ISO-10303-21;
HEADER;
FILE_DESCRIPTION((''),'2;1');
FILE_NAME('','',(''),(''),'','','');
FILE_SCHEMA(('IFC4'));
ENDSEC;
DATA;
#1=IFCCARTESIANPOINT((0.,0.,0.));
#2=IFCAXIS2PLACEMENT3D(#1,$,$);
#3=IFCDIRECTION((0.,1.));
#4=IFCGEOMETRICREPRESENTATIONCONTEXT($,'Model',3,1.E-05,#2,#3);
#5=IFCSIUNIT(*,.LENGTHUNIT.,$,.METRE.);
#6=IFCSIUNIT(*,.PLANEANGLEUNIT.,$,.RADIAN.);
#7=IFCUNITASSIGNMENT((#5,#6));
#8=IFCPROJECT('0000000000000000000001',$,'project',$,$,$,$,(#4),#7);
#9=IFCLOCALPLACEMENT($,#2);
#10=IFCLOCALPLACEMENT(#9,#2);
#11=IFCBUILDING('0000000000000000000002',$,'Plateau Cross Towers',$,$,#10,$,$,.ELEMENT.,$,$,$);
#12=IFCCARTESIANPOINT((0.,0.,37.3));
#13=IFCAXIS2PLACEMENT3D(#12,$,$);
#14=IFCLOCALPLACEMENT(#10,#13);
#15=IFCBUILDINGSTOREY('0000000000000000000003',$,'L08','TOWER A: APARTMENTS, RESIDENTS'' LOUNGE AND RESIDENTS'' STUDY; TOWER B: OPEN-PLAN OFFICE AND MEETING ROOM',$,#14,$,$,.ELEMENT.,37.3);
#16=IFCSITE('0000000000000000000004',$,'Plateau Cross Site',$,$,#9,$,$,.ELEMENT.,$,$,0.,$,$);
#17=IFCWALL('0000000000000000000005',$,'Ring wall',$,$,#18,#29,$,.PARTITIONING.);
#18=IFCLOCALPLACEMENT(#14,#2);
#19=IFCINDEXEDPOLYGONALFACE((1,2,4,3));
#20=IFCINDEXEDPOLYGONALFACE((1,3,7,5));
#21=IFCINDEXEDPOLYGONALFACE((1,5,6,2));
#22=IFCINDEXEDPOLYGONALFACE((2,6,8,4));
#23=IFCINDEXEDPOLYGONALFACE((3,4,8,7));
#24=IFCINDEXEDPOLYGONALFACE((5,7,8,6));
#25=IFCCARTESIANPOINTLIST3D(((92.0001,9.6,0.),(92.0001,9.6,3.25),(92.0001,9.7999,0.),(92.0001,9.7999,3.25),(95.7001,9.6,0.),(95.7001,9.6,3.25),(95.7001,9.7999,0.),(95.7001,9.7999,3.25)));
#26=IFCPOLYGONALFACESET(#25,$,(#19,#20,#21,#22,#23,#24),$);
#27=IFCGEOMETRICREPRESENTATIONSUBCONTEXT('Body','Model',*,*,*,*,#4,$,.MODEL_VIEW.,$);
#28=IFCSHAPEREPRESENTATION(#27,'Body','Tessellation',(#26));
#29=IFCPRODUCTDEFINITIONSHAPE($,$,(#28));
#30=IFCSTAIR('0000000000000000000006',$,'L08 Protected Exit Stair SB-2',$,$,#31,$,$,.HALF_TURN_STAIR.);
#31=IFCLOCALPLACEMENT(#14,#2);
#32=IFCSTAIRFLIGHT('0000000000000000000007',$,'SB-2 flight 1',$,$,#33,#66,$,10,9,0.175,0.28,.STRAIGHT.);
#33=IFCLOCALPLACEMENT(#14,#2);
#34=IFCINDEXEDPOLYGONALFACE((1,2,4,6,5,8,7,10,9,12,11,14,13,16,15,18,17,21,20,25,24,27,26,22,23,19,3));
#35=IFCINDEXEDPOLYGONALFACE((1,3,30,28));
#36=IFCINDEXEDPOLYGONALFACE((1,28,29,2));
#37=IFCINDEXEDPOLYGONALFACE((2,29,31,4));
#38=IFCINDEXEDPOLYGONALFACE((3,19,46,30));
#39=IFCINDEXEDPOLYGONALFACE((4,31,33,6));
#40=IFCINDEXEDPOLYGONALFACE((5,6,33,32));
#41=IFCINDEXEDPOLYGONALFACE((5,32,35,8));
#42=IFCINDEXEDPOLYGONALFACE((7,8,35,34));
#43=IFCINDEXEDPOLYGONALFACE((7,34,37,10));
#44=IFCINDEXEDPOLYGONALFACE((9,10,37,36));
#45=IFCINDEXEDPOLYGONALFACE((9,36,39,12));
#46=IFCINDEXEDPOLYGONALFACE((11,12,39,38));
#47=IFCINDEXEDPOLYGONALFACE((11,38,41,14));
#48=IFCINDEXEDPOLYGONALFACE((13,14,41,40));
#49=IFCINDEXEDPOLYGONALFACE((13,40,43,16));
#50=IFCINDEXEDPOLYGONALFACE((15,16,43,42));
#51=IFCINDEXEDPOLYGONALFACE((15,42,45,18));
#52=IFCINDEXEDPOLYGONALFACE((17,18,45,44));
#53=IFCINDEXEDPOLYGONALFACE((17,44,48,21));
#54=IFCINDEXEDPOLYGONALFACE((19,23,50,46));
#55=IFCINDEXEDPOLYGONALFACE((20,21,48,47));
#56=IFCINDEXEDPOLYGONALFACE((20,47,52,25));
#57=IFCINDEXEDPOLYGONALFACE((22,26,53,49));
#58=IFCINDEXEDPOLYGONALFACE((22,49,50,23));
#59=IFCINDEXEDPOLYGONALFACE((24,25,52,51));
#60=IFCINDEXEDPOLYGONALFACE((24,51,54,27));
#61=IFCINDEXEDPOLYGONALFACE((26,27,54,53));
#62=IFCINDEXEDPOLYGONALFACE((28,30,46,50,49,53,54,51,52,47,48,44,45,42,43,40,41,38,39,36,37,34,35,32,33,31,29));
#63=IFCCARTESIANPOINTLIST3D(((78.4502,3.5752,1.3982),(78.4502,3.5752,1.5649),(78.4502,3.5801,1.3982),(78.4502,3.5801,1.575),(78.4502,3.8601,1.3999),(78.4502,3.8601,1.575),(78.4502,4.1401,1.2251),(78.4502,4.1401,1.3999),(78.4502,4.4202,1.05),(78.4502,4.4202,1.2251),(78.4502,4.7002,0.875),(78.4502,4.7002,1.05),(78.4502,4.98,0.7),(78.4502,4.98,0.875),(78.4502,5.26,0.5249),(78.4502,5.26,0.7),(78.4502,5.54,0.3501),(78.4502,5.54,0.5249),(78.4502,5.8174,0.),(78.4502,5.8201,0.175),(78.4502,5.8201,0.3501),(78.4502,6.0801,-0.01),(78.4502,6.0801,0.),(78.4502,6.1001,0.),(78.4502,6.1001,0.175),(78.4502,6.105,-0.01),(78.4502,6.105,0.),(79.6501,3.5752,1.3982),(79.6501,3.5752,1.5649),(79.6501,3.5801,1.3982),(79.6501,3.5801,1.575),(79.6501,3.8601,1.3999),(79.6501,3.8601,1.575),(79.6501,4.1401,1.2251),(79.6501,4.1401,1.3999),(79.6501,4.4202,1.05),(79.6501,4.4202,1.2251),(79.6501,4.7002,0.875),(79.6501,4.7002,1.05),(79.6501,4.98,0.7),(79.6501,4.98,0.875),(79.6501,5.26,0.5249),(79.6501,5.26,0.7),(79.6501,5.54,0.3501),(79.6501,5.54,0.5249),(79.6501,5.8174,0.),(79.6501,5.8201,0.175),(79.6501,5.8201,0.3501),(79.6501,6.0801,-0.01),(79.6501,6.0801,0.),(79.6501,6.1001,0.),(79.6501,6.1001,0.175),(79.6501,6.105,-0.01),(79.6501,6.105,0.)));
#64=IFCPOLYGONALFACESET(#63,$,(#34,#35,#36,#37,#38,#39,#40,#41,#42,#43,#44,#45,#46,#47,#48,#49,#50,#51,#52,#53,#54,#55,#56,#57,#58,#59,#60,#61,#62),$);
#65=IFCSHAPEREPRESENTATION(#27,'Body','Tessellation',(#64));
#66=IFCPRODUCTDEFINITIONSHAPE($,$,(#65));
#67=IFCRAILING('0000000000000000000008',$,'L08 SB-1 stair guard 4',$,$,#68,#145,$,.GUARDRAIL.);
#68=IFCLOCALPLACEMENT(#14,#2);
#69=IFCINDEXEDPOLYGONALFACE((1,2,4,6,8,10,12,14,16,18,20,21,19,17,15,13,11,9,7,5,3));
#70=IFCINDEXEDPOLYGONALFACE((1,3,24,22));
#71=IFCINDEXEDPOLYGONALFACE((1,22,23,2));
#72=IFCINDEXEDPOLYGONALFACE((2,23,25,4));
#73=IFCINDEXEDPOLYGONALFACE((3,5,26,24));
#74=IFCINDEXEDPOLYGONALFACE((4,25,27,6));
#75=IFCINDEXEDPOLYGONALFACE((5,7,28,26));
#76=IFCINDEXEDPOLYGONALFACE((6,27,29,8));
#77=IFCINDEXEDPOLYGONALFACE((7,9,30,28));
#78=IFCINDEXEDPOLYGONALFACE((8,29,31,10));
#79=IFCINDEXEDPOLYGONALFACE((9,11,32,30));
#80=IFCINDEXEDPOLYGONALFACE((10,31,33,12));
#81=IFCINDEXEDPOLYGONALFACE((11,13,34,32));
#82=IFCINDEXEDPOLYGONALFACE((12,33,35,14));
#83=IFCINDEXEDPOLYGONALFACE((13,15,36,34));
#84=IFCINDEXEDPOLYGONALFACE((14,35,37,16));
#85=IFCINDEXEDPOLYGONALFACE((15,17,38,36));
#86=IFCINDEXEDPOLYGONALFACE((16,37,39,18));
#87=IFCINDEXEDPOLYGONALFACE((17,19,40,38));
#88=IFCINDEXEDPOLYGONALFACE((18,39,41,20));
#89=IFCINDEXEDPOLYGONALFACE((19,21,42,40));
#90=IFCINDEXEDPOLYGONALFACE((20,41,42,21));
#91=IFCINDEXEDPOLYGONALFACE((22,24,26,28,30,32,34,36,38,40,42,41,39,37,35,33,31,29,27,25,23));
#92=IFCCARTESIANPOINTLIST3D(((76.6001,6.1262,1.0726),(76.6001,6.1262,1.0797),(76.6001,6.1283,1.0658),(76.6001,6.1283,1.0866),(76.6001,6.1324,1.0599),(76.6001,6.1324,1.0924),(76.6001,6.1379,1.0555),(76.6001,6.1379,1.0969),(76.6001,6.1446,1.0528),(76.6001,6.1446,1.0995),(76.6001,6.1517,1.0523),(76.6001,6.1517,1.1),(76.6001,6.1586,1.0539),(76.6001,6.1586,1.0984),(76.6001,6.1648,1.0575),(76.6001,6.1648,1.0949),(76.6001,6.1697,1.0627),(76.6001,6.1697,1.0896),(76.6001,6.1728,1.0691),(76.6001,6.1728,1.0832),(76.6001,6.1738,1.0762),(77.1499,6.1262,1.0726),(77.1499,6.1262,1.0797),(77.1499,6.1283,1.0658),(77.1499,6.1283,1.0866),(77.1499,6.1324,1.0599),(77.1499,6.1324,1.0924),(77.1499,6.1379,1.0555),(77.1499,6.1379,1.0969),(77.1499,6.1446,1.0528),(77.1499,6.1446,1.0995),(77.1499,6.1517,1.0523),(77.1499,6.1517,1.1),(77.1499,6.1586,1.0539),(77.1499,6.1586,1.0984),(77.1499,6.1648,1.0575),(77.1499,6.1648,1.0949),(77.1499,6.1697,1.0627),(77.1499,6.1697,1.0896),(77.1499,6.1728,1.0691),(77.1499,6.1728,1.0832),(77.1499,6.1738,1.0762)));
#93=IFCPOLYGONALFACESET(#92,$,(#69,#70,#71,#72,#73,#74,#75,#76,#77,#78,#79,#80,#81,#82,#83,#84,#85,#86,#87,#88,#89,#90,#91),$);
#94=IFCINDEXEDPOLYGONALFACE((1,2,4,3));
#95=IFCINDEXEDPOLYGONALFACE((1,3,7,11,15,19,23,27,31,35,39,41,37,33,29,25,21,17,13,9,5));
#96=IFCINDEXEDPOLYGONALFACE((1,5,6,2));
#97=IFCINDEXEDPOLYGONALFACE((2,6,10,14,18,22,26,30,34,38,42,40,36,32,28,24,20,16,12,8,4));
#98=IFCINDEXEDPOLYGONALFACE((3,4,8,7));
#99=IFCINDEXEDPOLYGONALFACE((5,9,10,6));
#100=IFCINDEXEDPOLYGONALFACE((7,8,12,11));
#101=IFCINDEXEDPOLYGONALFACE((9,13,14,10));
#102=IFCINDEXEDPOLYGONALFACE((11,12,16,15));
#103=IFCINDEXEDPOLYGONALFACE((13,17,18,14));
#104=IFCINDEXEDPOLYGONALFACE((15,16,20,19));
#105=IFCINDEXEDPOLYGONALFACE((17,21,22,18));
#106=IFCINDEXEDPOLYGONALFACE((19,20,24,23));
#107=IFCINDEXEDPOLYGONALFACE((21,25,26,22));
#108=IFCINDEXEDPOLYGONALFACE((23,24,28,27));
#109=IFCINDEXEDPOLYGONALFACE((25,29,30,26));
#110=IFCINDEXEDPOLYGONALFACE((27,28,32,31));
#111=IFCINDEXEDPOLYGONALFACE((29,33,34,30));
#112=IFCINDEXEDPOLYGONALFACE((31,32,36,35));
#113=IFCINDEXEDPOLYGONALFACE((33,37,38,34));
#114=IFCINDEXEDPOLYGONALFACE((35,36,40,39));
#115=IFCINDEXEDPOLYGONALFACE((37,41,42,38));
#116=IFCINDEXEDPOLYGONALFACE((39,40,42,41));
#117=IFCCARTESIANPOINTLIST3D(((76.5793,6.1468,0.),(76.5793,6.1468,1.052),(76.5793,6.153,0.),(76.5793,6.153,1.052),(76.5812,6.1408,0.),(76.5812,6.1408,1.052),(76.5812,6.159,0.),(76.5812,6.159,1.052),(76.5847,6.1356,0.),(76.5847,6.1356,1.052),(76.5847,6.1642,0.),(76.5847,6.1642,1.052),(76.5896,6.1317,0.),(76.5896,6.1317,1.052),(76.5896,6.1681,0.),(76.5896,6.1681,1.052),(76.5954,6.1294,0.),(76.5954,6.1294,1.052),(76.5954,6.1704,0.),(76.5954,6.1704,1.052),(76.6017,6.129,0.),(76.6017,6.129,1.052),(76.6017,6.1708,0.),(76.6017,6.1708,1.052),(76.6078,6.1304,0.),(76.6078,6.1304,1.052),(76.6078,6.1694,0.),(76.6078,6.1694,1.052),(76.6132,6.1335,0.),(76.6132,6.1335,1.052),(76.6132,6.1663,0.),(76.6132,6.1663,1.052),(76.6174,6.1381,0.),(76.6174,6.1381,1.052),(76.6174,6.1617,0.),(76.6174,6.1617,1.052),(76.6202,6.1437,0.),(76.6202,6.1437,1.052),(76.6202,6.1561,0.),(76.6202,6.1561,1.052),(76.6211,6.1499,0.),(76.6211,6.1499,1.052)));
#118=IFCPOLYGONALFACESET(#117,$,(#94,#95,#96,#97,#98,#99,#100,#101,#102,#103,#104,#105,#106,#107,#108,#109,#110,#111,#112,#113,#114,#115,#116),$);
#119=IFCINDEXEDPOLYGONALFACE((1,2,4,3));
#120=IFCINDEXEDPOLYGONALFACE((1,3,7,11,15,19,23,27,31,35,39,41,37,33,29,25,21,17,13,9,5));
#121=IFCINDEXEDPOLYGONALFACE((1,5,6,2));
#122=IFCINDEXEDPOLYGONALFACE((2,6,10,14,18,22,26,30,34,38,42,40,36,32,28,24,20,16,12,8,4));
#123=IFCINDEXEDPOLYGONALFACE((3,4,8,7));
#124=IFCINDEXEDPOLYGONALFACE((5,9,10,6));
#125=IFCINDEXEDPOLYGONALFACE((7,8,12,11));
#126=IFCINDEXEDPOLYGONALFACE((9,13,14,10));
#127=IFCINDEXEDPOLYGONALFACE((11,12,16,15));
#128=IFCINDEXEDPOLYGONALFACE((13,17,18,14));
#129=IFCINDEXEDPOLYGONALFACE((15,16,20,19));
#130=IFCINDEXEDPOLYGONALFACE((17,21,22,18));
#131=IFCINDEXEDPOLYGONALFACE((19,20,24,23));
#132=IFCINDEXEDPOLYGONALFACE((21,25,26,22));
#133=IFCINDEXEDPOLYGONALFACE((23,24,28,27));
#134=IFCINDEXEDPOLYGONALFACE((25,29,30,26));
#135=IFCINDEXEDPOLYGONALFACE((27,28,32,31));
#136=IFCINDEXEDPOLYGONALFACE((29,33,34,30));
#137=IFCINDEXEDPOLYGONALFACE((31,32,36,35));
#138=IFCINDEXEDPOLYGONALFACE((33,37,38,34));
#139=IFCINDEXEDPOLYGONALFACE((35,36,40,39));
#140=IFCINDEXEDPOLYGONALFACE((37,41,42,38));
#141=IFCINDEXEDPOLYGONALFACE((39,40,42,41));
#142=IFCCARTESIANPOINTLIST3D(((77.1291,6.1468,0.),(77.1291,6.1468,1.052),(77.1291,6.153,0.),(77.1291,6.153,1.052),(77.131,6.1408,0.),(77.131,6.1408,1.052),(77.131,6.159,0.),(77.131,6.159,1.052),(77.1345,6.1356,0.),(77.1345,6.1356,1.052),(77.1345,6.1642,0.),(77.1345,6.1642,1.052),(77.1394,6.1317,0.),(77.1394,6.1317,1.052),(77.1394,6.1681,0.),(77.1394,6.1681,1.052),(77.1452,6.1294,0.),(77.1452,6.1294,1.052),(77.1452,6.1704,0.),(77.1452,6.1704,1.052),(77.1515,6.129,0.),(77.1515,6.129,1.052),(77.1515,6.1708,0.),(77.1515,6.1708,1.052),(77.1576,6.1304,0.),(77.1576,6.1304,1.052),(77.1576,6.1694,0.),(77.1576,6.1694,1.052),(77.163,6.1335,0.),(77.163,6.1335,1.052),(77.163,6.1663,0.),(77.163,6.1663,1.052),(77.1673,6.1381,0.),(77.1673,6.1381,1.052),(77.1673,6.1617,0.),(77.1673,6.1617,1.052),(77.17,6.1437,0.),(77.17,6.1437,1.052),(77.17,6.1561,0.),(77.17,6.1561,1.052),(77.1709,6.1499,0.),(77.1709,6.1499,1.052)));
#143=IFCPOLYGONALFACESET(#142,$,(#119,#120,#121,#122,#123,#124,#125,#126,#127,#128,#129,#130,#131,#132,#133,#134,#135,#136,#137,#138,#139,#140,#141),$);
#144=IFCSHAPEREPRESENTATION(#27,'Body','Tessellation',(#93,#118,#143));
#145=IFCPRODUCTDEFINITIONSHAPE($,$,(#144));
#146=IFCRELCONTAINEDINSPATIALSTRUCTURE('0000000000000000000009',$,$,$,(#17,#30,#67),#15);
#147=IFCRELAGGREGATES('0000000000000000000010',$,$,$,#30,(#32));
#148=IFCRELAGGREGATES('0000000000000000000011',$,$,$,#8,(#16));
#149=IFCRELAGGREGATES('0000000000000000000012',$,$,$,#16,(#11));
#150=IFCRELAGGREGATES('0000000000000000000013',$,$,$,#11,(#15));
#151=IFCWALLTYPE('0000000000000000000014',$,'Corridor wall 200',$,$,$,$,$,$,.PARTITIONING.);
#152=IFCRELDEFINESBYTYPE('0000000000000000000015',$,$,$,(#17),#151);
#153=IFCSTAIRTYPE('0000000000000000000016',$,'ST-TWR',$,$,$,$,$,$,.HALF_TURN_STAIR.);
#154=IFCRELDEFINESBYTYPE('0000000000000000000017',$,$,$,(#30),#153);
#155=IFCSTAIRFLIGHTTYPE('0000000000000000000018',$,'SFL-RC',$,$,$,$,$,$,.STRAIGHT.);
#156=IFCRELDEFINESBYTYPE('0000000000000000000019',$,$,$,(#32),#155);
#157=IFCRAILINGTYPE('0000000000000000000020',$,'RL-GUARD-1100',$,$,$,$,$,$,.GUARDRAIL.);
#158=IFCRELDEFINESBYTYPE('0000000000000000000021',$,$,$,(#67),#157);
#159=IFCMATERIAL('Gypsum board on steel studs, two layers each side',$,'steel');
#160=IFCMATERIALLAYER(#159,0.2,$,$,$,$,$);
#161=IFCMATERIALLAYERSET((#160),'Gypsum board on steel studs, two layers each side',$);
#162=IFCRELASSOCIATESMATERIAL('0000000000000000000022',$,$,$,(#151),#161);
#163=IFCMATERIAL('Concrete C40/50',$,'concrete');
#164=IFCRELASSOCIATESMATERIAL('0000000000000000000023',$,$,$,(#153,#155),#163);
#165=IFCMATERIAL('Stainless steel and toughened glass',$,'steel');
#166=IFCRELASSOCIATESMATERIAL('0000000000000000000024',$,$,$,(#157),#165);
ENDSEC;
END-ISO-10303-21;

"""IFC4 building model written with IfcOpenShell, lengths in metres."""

from ifc_helpers import new_model, si_unit, direction, frame, frame_2d, origin, origin_2d, place, context, subcontext, project, spatial, polyline, rectangle, circle, outline, extrude, material, layer, layer_set, type_object, element, aggregate, save


model = new_model("IFC4")

# Units and contexts
model_context = context("Model", 3, precision=1e-05, world=origin(), true_north=direction((0.0, 1.0)))
body_context = subcontext(model_context, "Body", "Model", "MODEL_VIEW")
ifc_project = project(units=[si_unit("LENGTHUNIT", "METRE"), si_unit("PLANEANGLEUNIT", "RADIAN")], contexts=[model_context])

# Site, building, storey
site_placement = place(None, origin())
site = spatial("IfcSite", under=ifc_project, at=site_placement, Name="Plateau Cross Site", CompositionType="ELEMENT", RefElevation=0.0)
building_placement = place(site_placement, origin())
building = spatial("IfcBuilding", under=site, at=building_placement, Name="Plateau Cross Towers", CompositionType="ELEMENT")
storey_placement = place(building_placement, frame((0.0, 0.0, 37.3)))
storey = spatial("IfcBuildingStorey", under=building, at=storey_placement, Name="L08", Description="TOWER A: APARTMENTS, RESIDENTS' LOUNGE AND RESIDENTS' STUDY; TOWER B: OPEN-PLAN OFFICE AND MEETING ROOM", CompositionType="ELEMENT", Elevation=37.3)

# Shared definitions
ifc_material_1 = material(Name="Gypsum board on steel studs, two layers each side", Category="steel")
ifc_layer_1 = layer(ifc_material_1, 0.2)
ifc_layer_set_1 = layer_set([ifc_layer_1], Name="Gypsum board on steel studs, two layers each side")
wall_type_1 = type_object("IfcWallType", Name="Corridor wall 200", PredefinedType="PARTITIONING", material=ifc_layer_set_1)

# Wall
wall_1_placement = place(storey_placement, frame((92.0, 9.7, 0.0), z_axis=(0.0, 0.0, 1.0), x_axis=(1.0, 0.0, 0.0)))
element("IfcWall", 1, at=wall_1_placement, inside=storey, type_object=wall_type_1, Name="Ring wall", PredefinedType="PARTITIONING", context=body_context, shape_type="SweptSolid", body=[
    extrude(rectangle(XDim=3.7, YDim=0.2, at=frame_2d((1.8501, 0.0))), origin(), (0.0, 0.0, 1.0), 3.25),
])

# Stair, stair flight
ifc_material_2 = material(Name="Concrete C40/50", Category="concrete")
stair_type = type_object("IfcStairType", Name="ST-TWR", PredefinedType="HALF_TURN_STAIR", material=ifc_material_2)
stair_placement = place(storey_placement, origin())
stair = element("IfcStair", 2, at=stair_placement, inside=storey, type_object=stair_type, Name="L08 Protected Exit Stair SB-2", PredefinedType="HALF_TURN_STAIR")
stair_flight_type = type_object("IfcStairFlightType", Name="SFL-RC", PredefinedType="STRAIGHT", material=ifc_material_2)
stair_flight_placement = place(storey_placement, frame((79.05, 6.1001, 0.0), z_axis=(0.0, 0.0, 1.0), x_axis=(0.0, -1.0, 0.0)))
stair_flight = element("IfcStairFlight", 3, at=stair_flight_placement, type_object=stair_flight_type, Name="SB-2 flight 1", NumberOfRisers=10, NumberOfTreads=9, PredefinedType="STRAIGHT", RiserHeight=0.175, TreadLength=0.28, context=body_context, shape_type="SweptSolid", body=[
    extrude(outline(polyline([(-0.0049, -0.01), (-0.0049, 0.0), (0.0, 0.0), (0.0, 0.175), (0.28, 0.175), (0.28, 0.3501), (0.5601, 0.3501), (0.5601, 0.5249), (0.8401, 0.5249), (0.8401, 0.7), (1.1201, 0.7), (1.1201, 0.875), (1.3999, 0.875), (1.3999, 1.05), (1.6799, 1.05), (1.6799, 1.2251), (1.96, 1.2251), (1.96, 1.3999), (2.24, 1.3999), (2.24, 1.575), (2.52, 1.575), (2.5249, 1.5649), (2.5249, 1.3982), (2.52, 1.3982), (0.2827, 0.0), (0.02, 0.0), (0.02, -0.01), (-0.0049, -0.01)])), frame((0.0, 0.6001, 0.0), z_axis=(0.0, -1.0, 0.0), x_axis=(1.0, 0.0, 0.0)), (0.0, 0.0, 1.0), 1.2),
])
aggregate(stair, [stair_flight])

# Railing
ifc_material_3 = material(Name="Stainless steel and toughened glass", Category="steel")
railing_type = type_object("IfcRailingType", Name="RL-GUARD-1100", PredefinedType="GUARDRAIL", material=ifc_material_3)
railing_1_placement = place(storey_placement, frame((76.6001, 6.1499, 0.0)))
element("IfcRailing", 4, at=railing_1_placement, inside=storey, type_object=railing_type, Name="L08 SB-1 stair guard 4", PredefinedType="GUARDRAIL", context=body_context, shape_type="SweptSolid", body=[
    extrude(circle(Radius=0.0239, at=origin_2d()), frame((0.0, 0.0, 1.0762), z_axis=(1.0, 0.0, 0.0), x_axis=(0.0, 1.0, 0.0)), (0.0, 0.0, 1.0), 0.5498),
    extrude(circle(Radius=0.021, at=origin_2d()), origin(), (0.0, 0.0, 1.0), 1.052),
    extrude(circle(Radius=0.021, at=origin_2d()), frame((0.5498, 0.0, 0.0)), (0.0, 0.0, 1.0), 1.052),
])

save(model, "model.ifc")
